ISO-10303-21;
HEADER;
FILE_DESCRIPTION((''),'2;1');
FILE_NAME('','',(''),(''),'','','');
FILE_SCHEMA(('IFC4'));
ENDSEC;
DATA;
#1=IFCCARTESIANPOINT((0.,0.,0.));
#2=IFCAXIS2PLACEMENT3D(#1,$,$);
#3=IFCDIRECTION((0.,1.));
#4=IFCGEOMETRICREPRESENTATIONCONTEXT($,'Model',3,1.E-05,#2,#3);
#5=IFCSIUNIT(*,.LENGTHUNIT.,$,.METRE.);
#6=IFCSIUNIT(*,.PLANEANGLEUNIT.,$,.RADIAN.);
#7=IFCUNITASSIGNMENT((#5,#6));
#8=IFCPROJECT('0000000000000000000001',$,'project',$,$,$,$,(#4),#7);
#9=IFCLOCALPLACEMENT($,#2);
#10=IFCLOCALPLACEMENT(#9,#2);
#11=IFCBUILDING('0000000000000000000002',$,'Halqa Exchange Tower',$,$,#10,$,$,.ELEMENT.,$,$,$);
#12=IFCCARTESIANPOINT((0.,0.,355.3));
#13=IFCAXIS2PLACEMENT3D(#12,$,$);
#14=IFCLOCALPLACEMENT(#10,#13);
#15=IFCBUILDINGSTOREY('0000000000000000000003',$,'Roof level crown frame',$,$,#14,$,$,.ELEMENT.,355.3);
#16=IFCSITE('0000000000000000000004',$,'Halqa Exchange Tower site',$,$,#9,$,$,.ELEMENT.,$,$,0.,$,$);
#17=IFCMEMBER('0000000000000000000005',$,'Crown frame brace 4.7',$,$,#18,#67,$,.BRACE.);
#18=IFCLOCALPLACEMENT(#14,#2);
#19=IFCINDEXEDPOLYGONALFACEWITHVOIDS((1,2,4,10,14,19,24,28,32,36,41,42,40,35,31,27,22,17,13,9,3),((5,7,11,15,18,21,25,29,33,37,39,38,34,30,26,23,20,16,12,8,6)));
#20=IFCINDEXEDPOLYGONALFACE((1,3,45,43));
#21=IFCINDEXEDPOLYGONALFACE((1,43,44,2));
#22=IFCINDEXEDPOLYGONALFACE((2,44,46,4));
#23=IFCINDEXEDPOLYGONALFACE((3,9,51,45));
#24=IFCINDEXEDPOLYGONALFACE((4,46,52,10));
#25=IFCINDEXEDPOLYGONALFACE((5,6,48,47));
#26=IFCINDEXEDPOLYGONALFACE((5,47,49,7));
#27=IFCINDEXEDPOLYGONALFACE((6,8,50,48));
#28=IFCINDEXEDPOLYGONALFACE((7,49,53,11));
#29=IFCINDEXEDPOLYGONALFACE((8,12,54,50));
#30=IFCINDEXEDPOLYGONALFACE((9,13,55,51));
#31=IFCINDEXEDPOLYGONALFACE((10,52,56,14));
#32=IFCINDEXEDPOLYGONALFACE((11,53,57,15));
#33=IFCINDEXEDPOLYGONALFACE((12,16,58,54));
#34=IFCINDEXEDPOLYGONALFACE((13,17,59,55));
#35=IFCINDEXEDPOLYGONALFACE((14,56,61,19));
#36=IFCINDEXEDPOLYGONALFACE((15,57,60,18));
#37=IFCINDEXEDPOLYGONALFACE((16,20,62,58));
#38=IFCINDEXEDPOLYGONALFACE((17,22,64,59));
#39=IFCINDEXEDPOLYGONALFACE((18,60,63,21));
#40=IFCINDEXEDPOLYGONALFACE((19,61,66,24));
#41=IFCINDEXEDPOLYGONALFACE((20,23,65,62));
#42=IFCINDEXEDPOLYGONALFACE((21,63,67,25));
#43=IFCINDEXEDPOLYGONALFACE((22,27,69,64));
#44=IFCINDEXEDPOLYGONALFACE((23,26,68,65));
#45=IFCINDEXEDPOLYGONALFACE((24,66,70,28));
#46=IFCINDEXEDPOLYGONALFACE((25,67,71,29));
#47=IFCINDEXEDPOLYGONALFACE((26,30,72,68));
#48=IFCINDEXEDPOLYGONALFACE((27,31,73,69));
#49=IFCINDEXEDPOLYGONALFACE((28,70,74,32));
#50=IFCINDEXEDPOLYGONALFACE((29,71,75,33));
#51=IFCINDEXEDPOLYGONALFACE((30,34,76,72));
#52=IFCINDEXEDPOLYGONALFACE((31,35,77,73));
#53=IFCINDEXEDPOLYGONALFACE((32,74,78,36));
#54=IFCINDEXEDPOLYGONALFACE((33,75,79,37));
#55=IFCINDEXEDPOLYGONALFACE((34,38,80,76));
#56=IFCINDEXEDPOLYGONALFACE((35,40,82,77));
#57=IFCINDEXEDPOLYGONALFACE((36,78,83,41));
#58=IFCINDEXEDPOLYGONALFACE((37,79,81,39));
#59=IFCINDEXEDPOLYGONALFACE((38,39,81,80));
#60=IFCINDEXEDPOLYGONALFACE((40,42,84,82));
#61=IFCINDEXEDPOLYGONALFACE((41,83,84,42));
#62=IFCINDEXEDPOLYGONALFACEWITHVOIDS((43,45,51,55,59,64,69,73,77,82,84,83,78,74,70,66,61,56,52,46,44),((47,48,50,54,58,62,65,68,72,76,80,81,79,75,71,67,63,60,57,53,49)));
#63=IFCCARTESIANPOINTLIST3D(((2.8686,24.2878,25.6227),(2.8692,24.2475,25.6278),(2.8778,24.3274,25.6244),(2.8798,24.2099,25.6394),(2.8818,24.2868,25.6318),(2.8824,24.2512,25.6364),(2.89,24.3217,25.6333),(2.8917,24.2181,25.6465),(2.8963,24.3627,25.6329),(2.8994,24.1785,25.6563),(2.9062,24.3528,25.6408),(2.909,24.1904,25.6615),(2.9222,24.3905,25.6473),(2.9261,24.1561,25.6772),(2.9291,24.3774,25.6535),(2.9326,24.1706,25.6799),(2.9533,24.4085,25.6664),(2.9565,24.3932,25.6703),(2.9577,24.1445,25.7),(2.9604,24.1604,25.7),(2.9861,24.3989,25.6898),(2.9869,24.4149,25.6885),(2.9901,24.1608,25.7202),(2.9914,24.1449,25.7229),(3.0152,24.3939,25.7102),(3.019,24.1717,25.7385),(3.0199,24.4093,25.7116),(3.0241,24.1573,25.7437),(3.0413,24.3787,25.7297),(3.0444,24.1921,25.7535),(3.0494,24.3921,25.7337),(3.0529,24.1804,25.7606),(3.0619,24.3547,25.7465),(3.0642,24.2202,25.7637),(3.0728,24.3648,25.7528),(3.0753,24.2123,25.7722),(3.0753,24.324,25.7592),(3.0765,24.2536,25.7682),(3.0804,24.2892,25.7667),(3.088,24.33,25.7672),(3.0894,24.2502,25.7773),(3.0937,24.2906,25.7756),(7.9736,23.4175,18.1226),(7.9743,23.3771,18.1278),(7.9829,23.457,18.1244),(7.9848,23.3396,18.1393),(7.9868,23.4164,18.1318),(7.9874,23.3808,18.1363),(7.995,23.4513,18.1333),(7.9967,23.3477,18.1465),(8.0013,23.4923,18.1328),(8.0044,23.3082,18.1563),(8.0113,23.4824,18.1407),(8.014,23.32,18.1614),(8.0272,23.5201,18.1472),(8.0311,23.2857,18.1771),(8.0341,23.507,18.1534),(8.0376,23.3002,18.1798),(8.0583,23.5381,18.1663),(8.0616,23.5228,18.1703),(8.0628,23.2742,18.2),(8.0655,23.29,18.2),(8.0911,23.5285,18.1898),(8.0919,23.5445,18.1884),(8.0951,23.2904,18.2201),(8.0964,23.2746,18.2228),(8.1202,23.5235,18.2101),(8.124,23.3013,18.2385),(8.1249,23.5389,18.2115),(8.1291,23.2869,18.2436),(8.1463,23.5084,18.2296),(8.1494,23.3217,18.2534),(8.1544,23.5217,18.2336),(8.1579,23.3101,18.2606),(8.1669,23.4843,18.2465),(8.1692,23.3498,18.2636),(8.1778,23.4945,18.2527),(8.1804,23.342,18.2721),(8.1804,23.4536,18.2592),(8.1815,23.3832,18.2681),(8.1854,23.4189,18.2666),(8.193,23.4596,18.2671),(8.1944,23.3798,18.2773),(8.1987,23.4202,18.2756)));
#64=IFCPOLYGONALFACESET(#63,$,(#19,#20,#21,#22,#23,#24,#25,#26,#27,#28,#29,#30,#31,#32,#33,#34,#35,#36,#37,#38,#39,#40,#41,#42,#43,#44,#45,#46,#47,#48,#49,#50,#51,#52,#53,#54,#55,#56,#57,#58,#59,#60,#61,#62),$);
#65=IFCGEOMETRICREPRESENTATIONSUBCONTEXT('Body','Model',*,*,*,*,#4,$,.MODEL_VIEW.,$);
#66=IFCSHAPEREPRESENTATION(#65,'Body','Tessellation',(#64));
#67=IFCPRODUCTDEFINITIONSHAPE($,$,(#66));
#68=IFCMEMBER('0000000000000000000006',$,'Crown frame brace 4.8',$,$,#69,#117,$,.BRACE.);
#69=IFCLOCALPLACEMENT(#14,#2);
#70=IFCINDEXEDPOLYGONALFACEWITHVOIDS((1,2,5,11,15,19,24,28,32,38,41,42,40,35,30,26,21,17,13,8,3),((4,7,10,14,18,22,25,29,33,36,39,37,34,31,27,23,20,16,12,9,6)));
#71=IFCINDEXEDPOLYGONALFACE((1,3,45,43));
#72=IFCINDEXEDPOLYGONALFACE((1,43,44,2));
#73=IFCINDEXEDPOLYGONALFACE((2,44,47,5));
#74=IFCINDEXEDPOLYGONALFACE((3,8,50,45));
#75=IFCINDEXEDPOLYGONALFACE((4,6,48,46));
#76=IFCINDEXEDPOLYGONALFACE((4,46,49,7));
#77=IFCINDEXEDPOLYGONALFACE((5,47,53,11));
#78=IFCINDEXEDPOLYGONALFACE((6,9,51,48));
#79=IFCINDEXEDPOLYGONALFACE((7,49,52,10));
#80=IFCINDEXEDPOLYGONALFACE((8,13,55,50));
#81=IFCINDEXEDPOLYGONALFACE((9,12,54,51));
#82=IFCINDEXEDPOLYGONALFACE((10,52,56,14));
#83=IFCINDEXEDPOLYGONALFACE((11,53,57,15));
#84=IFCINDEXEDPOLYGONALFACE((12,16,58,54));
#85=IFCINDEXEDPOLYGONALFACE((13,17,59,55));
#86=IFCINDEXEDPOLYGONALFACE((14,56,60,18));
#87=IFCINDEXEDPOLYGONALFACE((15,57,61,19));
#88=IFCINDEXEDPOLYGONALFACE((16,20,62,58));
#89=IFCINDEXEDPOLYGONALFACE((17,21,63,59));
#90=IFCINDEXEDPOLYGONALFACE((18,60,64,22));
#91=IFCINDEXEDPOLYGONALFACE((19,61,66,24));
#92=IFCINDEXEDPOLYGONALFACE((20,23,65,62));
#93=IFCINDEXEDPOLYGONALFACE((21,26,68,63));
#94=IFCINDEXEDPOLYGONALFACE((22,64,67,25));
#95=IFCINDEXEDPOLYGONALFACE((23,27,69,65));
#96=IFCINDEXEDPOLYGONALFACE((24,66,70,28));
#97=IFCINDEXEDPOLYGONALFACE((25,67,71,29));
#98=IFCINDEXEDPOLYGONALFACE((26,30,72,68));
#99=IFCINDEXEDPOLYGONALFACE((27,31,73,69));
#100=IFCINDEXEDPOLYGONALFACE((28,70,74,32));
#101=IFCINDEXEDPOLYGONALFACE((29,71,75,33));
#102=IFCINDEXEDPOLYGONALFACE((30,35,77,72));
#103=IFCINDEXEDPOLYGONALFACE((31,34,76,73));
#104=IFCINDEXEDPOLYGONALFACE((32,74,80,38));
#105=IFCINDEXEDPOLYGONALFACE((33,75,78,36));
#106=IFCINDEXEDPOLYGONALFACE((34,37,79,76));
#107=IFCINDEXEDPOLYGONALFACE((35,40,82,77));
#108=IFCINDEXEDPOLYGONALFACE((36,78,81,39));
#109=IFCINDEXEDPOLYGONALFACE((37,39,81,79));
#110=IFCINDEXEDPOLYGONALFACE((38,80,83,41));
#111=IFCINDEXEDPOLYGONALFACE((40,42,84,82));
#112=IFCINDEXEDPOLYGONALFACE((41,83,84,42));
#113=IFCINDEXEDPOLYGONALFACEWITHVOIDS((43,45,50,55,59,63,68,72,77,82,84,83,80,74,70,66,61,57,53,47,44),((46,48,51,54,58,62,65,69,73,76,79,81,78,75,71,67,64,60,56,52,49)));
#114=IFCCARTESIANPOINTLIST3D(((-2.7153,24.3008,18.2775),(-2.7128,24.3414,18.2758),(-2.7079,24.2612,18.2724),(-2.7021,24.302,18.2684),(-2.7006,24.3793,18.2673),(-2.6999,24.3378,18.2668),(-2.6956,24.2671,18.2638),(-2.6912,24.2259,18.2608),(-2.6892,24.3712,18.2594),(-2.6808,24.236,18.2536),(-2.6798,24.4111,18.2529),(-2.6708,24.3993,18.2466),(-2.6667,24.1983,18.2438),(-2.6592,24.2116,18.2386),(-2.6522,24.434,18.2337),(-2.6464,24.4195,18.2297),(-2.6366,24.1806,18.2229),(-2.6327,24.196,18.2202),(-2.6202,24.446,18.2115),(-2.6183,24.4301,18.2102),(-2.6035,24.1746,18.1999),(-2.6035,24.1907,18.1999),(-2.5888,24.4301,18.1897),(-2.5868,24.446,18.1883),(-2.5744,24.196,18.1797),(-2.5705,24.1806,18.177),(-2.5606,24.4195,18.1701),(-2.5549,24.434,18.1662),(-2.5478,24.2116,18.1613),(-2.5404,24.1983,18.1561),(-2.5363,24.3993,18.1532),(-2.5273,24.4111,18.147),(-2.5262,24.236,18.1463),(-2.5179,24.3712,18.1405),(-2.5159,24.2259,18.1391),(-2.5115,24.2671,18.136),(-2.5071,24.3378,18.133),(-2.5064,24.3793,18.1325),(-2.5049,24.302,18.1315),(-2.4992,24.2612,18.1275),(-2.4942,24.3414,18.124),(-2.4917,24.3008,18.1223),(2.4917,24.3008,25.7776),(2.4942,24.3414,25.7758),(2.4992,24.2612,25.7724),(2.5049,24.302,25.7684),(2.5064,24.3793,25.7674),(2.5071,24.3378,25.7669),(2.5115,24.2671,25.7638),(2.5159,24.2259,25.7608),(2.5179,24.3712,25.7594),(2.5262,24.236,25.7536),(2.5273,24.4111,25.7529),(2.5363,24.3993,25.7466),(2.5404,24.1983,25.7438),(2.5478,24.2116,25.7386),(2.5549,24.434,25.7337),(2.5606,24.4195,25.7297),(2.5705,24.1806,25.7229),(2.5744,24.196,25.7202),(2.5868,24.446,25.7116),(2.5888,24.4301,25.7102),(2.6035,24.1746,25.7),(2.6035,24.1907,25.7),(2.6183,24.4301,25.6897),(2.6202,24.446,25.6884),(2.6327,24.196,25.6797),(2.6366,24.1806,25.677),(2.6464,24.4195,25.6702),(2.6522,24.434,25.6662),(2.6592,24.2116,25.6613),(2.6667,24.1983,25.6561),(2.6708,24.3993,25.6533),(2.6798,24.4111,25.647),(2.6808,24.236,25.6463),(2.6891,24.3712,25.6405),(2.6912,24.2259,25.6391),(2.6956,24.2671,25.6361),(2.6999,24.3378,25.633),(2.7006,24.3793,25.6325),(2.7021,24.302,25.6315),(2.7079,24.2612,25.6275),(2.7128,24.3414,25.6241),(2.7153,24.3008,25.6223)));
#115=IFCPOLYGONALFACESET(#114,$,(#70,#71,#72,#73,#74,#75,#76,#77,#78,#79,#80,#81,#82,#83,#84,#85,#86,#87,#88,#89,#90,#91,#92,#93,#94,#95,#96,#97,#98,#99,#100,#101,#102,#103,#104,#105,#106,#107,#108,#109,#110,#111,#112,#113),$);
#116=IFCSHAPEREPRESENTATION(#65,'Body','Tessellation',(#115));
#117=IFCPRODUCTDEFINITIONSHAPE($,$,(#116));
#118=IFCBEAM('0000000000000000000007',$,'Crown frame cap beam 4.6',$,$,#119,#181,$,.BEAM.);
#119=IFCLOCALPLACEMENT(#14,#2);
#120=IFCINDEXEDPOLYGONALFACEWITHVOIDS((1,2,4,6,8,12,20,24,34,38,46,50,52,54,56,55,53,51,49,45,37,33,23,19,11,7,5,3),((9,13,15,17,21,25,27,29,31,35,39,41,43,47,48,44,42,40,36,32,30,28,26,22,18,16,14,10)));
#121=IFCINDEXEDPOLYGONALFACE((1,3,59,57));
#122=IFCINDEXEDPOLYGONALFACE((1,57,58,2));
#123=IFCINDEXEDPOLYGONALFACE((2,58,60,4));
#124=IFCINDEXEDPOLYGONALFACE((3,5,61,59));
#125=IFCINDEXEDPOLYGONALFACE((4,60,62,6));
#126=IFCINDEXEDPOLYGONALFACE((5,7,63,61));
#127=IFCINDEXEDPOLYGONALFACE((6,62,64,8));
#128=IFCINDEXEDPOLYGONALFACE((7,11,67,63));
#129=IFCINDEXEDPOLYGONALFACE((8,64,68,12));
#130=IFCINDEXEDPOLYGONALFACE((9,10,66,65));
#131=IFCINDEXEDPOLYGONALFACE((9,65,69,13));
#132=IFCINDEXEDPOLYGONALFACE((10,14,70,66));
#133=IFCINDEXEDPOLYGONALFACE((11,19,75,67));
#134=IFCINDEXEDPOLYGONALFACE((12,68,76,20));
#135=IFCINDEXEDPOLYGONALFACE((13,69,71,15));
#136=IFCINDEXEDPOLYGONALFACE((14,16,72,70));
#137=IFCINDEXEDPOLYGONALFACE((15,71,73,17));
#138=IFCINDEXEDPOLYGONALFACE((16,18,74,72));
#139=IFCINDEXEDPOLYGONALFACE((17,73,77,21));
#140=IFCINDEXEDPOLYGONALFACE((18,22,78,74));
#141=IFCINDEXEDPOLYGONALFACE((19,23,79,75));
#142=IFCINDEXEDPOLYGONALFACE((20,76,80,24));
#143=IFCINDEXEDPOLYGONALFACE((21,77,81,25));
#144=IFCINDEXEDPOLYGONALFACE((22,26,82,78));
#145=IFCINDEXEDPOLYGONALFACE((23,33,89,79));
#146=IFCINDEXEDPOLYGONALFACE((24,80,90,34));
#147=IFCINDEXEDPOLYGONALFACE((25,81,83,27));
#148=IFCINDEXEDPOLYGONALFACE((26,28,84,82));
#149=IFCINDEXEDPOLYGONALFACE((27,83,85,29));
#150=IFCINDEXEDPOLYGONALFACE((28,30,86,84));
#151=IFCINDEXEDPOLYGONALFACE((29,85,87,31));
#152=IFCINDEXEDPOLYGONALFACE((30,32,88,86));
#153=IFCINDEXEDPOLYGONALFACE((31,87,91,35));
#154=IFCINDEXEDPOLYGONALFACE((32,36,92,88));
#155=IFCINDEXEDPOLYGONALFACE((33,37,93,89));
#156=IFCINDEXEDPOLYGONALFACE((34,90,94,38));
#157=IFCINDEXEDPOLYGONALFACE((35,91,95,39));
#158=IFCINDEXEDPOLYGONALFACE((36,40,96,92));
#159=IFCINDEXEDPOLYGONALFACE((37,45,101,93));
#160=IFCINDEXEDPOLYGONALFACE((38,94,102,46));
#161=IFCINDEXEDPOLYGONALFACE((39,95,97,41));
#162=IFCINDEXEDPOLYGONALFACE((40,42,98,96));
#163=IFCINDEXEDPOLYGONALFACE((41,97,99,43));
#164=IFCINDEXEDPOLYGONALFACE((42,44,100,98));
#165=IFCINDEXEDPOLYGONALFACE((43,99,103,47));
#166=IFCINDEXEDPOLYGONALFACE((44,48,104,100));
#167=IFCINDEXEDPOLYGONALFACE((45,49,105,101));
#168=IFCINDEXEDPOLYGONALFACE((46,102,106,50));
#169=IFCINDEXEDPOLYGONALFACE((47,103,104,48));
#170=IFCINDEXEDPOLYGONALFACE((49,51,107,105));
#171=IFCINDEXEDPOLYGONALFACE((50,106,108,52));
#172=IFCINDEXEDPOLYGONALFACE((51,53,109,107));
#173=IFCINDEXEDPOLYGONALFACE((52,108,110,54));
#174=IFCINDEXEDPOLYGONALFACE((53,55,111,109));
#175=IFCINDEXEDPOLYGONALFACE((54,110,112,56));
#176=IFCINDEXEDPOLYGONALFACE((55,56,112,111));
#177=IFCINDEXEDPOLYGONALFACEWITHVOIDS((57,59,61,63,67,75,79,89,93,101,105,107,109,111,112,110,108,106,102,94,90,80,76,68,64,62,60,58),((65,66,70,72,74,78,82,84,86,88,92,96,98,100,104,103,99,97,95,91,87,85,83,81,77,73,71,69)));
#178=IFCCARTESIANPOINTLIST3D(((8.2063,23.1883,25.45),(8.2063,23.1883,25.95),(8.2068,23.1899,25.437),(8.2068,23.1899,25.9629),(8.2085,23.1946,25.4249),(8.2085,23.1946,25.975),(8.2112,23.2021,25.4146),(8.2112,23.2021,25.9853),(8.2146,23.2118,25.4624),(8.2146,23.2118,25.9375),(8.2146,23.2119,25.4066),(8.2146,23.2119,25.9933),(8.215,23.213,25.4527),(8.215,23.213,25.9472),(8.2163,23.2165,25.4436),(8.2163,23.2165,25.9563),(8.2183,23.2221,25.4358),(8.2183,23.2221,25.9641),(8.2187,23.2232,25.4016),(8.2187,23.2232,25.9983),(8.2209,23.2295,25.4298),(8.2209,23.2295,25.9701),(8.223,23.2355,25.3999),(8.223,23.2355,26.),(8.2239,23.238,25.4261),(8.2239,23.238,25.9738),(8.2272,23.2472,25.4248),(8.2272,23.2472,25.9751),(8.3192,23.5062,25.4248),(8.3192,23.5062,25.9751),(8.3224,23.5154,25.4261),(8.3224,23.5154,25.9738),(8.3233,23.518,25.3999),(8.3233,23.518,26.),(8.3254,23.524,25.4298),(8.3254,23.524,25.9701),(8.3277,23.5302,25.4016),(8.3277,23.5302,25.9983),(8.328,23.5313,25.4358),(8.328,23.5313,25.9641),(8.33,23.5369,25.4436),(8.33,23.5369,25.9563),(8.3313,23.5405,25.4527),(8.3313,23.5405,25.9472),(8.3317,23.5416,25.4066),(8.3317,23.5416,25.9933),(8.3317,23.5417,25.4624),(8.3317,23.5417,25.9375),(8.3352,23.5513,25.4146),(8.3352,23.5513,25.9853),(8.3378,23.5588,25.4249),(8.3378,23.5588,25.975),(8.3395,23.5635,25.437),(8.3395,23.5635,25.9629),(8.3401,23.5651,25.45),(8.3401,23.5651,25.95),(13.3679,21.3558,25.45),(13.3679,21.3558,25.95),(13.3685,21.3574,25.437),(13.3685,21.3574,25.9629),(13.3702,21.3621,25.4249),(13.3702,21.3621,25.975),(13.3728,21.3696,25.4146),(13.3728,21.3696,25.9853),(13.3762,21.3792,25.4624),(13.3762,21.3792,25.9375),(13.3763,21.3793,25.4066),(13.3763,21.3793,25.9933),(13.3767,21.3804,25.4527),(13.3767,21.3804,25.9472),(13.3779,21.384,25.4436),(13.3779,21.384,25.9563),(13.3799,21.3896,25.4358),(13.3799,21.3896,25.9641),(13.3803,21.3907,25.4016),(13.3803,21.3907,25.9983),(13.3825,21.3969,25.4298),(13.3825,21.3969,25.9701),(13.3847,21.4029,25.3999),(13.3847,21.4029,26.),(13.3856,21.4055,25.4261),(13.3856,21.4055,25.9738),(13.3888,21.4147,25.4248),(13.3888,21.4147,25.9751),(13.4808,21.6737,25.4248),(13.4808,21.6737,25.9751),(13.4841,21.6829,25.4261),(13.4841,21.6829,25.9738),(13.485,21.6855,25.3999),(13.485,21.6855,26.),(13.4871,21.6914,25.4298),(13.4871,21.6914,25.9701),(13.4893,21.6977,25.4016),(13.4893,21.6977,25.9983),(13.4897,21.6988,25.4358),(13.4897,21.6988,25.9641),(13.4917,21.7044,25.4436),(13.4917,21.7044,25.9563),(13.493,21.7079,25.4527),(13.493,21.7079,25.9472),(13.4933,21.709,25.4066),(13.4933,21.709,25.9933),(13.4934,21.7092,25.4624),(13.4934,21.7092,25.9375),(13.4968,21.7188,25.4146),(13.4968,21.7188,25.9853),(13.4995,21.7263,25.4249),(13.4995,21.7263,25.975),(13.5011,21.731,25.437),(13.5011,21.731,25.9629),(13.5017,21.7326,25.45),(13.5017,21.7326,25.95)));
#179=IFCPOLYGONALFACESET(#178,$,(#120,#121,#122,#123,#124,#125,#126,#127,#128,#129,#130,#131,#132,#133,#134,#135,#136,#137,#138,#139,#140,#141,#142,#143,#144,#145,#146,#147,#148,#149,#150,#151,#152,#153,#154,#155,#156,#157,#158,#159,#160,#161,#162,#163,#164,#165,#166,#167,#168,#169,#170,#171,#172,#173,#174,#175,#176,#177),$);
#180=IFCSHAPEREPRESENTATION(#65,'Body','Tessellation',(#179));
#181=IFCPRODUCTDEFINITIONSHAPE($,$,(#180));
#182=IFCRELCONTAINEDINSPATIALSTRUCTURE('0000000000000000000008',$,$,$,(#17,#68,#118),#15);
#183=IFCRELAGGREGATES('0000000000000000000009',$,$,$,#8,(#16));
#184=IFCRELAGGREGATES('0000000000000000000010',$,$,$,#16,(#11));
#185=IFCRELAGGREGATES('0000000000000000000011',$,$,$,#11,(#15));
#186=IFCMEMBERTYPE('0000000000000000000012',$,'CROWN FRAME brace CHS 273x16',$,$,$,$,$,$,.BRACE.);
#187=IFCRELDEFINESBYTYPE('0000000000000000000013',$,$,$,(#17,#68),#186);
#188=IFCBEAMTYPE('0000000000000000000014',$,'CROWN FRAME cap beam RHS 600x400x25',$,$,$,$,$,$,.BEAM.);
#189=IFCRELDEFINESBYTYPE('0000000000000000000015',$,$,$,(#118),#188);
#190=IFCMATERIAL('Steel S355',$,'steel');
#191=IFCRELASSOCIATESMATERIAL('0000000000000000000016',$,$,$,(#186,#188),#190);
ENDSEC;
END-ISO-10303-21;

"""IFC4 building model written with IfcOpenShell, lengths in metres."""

from ifc_helpers import new_model, si_unit, direction, frame, origin, origin_2d, place, context, subcontext, project, spatial, hollow_rectangle, hollow_circle, extrude, material, material_profile, profile_set, type_object, element, save


model = new_model("IFC4")

# Units and contexts
model_context = context("Model", 3, precision=1e-05, world=origin(), true_north=direction((0.0, 1.0)))
body_context = subcontext(model_context, "Body", "Model", "MODEL_VIEW")
ifc_project = project(units=[si_unit("LENGTHUNIT", "METRE"), si_unit("PLANEANGLEUNIT", "RADIAN")], contexts=[model_context])

# Site, building, storey
site_placement = place(None, origin())
site = spatial("IfcSite", under=ifc_project, at=site_placement, Name="Halqa Exchange Tower site", CompositionType="ELEMENT", RefElevation=0.0)
building_placement = place(site_placement, origin())
building = spatial("IfcBuilding", under=site, at=building_placement, Name="Halqa Exchange Tower", CompositionType="ELEMENT")
storey_placement = place(building_placement, frame((0.0, 0.0, 355.3)))
storey = spatial("IfcBuildingStorey", under=building, at=storey_placement, Name="Roof level crown frame", CompositionType="ELEMENT", Elevation=355.3)

# Members
ifc_material_1 = material(Name="Steel S355", Category="steel")
ifc_material_profile_1 = material_profile(ifc_material_1, hollow_circle(Radius=0.1365, WallThickness=0.0161, at=origin_2d()), Name="CHS 273x16")
ifc_profile_set_1 = profile_set([ifc_material_profile_1], Name="Steel S355")
member_type = type_object("IfcMemberType", Name="CROWN FRAME brace CHS 273x16", PredefinedType="BRACE", material=ifc_profile_set_1)
member_1_placement = place(storey_placement, frame((8.0857, 23.4087, 18.2), z_axis=(-0.560114, 0.095495, 0.822893), x_axis=(-0.168067, -0.985776, 0.0)))
element("IfcMember", 1, at=member_1_placement, inside=storey, type_object=member_type, Name="Crown frame brace 4.7", PredefinedType="BRACE", context=body_context, shape_type="SweptSolid", body=[
    extrude(hollow_circle(Radius=0.1365, WallThickness=0.0161, at=origin_2d()), origin(), (0.0, 0.0, 1.0), 9.1143),
])
member_2_placement = place(storey_placement, frame((2.6035, 24.311, 25.7), z_axis=(-0.5703, 0.0, -0.821437), x_axis=(0.0, -1.0, 0.0)))
element("IfcMember", 2, at=member_2_placement, inside=storey, type_object=member_type, Name="Crown frame brace 4.8", PredefinedType="BRACE", context=body_context, shape_type="SweptSolid", body=[
    extrude(hollow_circle(Radius=0.1365, WallThickness=0.0161, at=origin_2d()), origin(), (0.0, 0.0, 1.0), 9.1304),
])

# Beam
ifc_material_profile_2 = material_profile(ifc_material_1, hollow_rectangle(XDim=0.3999, YDim=0.6001, WallThickness=0.0249, InnerFilletRadius=0.0376, OuterFilletRadius=0.05, at=origin_2d()), Name="RHS 600x400x25")
ifc_profile_set_2 = profile_set([ifc_material_profile_2], Name="Steel S355")
beam_type_1 = type_object("IfcBeamType", Name="CROWN FRAME cap beam RHS 600x400x25", PredefinedType="BEAM", material=ifc_profile_set_2)
beam_1_placement = place(storey_placement, frame((13.4348, 21.5442, 25.7), z_axis=(-0.942372, 0.334568, 0.0), x_axis=(-0.334568, -0.942372, 0.0)))
element("IfcBeam", 3, at=beam_1_placement, inside=storey, type_object=beam_type_1, Name="Crown frame cap beam 4.6", PredefinedType="BEAM", context=body_context, shape_type="SweptSolid", body=[
    extrude(hollow_rectangle(XDim=0.3999, YDim=0.6001, WallThickness=0.0249, InnerFilletRadius=0.0376, OuterFilletRadius=0.05, at=origin_2d()), origin(), (0.0, 0.0, 1.0), 5.4773),
])

save(model, "model.ifc")
